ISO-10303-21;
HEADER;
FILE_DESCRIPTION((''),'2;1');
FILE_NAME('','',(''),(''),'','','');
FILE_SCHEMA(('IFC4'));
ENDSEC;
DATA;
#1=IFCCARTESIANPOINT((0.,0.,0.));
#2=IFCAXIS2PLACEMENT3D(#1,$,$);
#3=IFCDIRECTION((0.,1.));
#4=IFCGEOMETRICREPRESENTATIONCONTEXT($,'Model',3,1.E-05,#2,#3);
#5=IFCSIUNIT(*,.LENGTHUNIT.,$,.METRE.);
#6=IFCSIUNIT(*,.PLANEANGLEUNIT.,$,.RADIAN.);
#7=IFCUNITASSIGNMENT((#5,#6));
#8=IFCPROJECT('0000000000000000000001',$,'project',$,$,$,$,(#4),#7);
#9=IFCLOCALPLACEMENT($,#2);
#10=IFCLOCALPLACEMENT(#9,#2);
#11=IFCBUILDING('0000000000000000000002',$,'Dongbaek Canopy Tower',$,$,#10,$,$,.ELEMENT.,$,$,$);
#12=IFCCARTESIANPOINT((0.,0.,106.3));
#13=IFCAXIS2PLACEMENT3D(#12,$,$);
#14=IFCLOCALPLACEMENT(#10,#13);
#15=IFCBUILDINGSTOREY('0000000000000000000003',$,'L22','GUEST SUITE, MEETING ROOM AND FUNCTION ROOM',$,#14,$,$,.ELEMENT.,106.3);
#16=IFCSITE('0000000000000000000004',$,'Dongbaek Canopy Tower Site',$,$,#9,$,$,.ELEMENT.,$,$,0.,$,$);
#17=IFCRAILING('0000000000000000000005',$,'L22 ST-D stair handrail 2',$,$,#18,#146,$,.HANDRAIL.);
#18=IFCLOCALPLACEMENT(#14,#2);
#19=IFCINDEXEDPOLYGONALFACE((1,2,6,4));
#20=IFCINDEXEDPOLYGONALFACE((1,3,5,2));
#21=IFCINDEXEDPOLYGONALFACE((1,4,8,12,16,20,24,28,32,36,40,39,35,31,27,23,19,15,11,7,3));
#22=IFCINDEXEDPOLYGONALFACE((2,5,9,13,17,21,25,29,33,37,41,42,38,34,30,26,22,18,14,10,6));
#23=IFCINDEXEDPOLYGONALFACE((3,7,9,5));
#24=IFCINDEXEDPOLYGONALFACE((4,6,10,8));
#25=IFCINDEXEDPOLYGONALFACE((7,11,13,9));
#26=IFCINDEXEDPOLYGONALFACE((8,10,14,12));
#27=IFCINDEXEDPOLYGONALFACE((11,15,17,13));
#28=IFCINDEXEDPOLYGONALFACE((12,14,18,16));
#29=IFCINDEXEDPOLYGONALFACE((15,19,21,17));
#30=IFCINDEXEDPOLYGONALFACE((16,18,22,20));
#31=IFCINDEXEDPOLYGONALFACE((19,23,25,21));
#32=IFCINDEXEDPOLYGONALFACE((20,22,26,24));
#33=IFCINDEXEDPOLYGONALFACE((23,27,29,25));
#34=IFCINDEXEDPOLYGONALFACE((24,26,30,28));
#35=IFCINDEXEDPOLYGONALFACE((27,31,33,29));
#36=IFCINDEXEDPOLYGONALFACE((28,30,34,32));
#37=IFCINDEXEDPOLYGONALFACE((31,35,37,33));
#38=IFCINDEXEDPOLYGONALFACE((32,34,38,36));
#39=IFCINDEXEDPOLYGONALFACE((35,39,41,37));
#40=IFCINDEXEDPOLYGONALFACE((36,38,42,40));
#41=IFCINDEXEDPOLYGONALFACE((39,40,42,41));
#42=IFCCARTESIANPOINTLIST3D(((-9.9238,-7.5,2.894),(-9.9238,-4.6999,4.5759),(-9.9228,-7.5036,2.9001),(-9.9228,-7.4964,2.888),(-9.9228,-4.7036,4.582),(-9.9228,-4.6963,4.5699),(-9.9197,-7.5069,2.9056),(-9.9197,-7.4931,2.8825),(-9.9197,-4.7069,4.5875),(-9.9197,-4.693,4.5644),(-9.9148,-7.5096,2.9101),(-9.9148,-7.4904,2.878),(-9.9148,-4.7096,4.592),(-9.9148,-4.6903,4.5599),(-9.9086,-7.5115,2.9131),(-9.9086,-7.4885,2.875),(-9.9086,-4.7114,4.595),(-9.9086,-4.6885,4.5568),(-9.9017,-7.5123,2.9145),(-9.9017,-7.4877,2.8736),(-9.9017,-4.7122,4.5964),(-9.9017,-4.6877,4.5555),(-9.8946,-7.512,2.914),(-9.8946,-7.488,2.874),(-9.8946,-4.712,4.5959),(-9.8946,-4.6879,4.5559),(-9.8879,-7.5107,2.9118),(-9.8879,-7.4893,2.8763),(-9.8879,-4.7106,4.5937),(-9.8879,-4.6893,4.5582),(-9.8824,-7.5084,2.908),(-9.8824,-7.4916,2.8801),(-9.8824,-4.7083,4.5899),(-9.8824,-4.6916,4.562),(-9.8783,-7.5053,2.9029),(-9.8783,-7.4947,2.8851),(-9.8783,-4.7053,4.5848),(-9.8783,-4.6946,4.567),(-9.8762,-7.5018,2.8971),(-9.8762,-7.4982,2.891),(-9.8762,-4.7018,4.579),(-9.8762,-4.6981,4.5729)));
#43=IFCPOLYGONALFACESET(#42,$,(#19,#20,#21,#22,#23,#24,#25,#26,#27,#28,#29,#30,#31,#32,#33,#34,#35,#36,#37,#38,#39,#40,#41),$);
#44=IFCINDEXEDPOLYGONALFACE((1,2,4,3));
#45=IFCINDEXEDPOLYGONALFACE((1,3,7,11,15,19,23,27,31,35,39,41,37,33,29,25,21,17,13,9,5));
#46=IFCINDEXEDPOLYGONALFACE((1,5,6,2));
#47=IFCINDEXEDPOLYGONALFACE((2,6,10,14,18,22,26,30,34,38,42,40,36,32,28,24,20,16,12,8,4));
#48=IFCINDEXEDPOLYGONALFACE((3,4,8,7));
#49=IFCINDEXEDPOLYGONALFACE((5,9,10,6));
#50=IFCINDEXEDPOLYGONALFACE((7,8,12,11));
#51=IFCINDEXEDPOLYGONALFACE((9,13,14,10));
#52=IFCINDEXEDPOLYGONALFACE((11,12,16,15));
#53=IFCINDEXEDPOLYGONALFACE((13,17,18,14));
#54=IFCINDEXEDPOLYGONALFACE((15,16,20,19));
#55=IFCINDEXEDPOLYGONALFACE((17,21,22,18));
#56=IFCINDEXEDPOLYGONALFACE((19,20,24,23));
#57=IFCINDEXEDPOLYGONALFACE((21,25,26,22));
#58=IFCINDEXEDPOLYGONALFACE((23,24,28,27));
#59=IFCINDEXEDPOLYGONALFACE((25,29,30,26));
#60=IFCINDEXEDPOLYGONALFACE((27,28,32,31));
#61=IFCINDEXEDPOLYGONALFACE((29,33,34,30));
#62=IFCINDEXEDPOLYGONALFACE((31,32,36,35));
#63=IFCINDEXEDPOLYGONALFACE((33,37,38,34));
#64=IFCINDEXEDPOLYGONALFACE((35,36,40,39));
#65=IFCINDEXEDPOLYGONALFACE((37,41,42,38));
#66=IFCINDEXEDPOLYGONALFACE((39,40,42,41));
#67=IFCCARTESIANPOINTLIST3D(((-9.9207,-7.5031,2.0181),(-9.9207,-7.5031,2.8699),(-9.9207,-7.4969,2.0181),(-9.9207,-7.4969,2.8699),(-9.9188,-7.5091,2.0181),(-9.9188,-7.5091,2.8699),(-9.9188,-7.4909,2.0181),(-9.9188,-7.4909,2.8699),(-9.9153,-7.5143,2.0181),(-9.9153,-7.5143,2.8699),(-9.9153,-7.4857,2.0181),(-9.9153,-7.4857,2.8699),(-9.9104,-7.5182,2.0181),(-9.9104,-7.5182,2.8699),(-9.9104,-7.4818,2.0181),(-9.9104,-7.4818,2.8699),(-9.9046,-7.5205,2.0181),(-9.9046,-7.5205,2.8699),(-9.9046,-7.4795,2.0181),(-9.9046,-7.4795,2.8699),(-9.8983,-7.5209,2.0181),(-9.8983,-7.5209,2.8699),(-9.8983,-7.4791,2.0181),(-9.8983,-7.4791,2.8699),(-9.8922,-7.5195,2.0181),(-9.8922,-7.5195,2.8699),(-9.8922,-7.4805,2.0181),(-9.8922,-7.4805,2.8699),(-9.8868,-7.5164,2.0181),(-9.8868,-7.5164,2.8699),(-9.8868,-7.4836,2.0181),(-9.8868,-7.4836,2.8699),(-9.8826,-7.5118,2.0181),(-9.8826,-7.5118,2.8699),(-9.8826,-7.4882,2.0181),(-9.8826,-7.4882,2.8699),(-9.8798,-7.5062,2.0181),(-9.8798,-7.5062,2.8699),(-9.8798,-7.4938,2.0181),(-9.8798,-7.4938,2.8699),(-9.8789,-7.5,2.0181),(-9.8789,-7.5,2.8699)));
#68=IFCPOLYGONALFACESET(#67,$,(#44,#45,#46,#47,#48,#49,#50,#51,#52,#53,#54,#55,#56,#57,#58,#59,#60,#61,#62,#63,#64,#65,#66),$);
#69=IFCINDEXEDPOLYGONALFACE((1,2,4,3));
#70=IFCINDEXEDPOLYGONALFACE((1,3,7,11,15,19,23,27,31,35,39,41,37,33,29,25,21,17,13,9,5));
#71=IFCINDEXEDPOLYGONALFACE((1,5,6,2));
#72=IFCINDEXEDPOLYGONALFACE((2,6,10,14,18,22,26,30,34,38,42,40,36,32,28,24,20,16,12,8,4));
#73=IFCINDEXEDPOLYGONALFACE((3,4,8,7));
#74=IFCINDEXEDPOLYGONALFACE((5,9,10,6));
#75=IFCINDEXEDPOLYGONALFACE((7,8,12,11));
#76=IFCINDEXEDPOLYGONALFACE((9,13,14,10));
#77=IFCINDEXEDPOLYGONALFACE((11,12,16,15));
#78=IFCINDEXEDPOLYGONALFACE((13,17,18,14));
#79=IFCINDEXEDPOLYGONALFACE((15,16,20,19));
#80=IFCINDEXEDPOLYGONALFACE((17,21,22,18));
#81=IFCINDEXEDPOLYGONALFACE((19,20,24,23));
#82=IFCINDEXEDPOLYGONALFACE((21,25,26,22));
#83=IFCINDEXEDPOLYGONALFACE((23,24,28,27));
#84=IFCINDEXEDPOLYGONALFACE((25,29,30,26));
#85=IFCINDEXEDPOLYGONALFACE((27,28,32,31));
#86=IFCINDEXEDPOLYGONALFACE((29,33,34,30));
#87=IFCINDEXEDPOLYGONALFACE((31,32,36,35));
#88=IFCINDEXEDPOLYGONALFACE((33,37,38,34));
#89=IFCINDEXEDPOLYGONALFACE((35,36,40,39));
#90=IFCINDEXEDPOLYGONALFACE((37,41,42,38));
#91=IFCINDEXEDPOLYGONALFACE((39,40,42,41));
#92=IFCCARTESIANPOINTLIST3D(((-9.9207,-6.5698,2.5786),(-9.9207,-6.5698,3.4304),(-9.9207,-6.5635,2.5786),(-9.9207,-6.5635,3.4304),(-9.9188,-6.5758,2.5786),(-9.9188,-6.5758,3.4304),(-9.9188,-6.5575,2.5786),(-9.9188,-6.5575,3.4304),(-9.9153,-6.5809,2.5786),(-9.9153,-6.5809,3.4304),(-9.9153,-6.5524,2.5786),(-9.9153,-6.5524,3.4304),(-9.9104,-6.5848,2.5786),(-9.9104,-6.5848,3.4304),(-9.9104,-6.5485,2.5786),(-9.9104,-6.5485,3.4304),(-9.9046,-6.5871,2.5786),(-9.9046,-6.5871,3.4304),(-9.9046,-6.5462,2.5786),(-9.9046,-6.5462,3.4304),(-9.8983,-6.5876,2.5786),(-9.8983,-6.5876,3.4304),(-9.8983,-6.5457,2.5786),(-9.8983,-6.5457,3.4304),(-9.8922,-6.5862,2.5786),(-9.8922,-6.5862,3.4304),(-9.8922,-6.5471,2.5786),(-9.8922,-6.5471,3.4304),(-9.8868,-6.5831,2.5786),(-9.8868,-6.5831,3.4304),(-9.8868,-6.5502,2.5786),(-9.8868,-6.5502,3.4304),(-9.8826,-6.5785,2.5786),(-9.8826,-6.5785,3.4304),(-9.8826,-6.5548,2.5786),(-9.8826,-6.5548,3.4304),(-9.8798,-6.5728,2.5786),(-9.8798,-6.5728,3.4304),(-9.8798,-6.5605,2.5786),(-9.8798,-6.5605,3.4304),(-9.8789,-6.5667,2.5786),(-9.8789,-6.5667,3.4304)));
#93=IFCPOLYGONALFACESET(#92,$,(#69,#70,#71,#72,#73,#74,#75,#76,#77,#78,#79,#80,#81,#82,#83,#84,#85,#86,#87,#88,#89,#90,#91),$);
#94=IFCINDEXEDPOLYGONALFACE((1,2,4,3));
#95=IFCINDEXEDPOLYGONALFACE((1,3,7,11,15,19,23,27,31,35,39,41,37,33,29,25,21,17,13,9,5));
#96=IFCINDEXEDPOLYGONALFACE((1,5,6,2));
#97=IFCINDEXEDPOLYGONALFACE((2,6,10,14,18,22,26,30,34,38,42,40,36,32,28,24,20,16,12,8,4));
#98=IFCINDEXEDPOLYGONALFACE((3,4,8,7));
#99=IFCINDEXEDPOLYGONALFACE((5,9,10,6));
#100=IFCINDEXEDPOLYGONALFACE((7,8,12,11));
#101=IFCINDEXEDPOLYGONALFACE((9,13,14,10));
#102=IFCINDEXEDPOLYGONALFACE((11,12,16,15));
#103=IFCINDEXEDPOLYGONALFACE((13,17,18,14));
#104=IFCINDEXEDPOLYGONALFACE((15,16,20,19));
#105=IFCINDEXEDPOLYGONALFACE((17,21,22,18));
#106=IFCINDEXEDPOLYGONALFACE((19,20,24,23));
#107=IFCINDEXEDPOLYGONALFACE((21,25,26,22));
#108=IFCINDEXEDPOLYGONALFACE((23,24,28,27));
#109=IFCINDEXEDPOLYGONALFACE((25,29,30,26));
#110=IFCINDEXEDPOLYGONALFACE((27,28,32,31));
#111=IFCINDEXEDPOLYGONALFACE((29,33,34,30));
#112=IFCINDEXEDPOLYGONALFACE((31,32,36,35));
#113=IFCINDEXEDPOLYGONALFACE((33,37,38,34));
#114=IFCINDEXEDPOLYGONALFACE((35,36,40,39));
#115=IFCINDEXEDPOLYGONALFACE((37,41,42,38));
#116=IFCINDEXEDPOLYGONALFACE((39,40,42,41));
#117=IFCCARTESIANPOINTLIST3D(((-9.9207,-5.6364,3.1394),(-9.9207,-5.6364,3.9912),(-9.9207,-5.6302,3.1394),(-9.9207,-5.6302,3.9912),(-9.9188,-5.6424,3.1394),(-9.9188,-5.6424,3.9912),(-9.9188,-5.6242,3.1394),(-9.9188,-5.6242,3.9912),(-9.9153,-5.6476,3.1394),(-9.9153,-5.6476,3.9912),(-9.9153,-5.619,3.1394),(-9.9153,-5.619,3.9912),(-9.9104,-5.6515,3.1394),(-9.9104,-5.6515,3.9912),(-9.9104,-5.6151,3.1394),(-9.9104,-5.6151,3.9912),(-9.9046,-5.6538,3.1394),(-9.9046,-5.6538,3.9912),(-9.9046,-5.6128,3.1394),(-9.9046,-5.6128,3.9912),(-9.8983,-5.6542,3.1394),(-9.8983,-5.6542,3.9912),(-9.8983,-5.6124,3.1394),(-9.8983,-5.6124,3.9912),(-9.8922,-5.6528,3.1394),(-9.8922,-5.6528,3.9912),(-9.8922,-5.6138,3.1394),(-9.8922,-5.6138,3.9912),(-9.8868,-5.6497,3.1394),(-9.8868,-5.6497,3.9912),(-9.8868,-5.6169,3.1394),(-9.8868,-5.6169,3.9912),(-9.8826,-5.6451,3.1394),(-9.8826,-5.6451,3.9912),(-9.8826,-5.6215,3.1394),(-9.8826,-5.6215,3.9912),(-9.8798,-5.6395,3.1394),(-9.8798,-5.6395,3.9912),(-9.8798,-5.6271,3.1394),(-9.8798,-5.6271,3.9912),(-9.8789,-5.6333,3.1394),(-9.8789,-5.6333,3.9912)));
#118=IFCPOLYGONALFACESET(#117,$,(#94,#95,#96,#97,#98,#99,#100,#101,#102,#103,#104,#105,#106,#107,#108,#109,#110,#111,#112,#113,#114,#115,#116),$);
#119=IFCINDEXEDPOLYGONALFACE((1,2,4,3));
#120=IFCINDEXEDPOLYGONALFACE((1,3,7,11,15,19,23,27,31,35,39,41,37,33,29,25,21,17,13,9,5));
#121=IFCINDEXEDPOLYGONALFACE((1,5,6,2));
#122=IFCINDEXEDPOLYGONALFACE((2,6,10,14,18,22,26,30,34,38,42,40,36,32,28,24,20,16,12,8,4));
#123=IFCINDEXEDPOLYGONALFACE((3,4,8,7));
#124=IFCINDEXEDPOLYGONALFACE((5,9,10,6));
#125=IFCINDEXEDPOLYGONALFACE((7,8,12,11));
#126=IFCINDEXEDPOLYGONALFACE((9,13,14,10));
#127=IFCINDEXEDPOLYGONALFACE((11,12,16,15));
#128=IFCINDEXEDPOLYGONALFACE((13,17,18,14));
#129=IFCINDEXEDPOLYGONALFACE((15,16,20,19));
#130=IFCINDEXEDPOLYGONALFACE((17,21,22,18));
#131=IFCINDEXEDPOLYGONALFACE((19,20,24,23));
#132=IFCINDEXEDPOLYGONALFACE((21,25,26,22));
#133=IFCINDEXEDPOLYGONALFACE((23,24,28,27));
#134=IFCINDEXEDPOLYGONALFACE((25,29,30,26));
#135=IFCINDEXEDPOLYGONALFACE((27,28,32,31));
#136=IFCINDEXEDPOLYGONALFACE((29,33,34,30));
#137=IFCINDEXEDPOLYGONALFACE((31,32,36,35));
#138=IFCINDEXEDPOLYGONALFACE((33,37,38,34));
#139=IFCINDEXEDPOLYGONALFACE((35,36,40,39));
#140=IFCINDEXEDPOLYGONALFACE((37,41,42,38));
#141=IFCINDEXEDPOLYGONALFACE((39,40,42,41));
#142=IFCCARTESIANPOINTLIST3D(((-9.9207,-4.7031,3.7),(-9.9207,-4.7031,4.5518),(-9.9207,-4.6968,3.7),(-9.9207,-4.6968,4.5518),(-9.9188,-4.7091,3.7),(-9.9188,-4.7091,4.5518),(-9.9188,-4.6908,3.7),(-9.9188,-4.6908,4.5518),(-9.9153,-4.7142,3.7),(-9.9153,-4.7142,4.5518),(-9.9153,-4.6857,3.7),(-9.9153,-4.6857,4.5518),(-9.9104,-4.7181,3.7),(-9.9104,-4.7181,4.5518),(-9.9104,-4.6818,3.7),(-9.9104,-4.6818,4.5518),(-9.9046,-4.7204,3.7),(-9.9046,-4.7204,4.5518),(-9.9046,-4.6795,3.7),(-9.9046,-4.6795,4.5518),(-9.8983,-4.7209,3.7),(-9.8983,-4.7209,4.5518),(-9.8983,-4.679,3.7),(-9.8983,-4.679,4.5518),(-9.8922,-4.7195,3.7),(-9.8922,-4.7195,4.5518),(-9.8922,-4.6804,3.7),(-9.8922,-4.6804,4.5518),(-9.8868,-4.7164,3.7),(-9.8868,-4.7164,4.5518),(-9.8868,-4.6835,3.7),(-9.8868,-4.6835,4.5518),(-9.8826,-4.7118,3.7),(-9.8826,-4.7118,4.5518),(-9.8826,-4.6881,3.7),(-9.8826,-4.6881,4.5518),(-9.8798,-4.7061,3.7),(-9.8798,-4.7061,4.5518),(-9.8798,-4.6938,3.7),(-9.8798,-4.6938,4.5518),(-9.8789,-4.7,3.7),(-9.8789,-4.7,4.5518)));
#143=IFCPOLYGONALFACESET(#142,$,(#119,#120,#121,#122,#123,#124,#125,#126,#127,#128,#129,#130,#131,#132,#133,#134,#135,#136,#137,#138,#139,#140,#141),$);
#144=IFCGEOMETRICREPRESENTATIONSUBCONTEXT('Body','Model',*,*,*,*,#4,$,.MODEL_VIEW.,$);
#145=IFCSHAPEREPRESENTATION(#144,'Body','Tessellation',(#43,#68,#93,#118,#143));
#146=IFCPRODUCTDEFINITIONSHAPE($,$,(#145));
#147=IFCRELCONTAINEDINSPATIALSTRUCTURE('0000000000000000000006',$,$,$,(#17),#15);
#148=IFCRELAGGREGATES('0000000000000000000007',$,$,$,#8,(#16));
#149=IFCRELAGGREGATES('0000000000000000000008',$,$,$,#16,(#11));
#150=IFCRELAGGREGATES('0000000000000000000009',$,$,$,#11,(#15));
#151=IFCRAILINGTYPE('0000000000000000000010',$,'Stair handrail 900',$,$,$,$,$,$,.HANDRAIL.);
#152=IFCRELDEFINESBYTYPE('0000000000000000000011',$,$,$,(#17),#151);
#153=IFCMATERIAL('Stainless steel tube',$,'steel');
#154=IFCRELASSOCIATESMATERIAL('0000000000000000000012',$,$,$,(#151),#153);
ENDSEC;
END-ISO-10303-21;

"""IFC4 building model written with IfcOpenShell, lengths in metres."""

from ifc_helpers import new_model, si_unit, direction, frame, origin, origin_2d, place, context, subcontext, project, spatial, circle, extrude, material, type_object, element, save


model = new_model("IFC4")

# Units and contexts
model_context = context("Model", 3, precision=1e-05, world=origin(), true_north=direction((0.0, 1.0)))
body_context = subcontext(model_context, "Body", "Model", "MODEL_VIEW")
ifc_project = project(units=[si_unit("LENGTHUNIT", "METRE"), si_unit("PLANEANGLEUNIT", "RADIAN")], contexts=[model_context])

# Site, building, storey
site_placement = place(None, origin())
site = spatial("IfcSite", under=ifc_project, at=site_placement, Name="Dongbaek Canopy Tower Site", CompositionType="ELEMENT", RefElevation=0.0)
building_placement = place(site_placement, origin())
building = spatial("IfcBuilding", under=site, at=building_placement, Name="Dongbaek Canopy Tower", CompositionType="ELEMENT")
storey_placement = place(building_placement, frame((0.0, 0.0, 106.3)))
storey = spatial("IfcBuildingStorey", under=building, at=storey_placement, Name="L22", Description="GUEST SUITE, MEETING ROOM AND FUNCTION ROOM", CompositionType="ELEMENT", Elevation=106.3)

# Railing
ifc_material_1 = material(Name="Stainless steel tube", Category="steel")
railing_type_1 = type_object("IfcRailingType", Name="Stair handrail 900", PredefinedType="HANDRAIL", material=ifc_material_1)
railing_1_placement = place(storey_placement, frame((-9.8999, -7.5, 2.0181)))
element("IfcRailing", 1, at=railing_1_placement, inside=storey, type_object=railing_type_1, Name="L22 ST-D stair handrail 2", PredefinedType="HANDRAIL", context=body_context, shape_type="SweptSolid", body=[
    extrude(circle(Radius=0.0239, at=origin_2d()), frame((0.0, 0.0, 0.876), z_axis=(0.0, 0.857242, 0.514913), x_axis=(-1.0, 0.0, 0.0)), (0.0, 0.0, 1.0), 3.2664),
    extrude(circle(Radius=0.021, at=origin_2d()), origin(), (0.0, 0.0, 1.0), 0.8518),
    extrude(circle(Radius=0.021, at=origin_2d()), frame((0.0, 0.9333, 0.5605)), (0.0, 0.0, 1.0), 0.8518),
    extrude(circle(Radius=0.021, at=origin_2d()), frame((0.0, 1.8667, 1.1213)), (0.0, 0.0, 1.0), 0.8518),
    extrude(circle(Radius=0.021, at=origin_2d()), frame((0.0, 2.8, 1.6819)), (0.0, 0.0, 1.0), 0.8518),
])

save(model, "model.ifc")
